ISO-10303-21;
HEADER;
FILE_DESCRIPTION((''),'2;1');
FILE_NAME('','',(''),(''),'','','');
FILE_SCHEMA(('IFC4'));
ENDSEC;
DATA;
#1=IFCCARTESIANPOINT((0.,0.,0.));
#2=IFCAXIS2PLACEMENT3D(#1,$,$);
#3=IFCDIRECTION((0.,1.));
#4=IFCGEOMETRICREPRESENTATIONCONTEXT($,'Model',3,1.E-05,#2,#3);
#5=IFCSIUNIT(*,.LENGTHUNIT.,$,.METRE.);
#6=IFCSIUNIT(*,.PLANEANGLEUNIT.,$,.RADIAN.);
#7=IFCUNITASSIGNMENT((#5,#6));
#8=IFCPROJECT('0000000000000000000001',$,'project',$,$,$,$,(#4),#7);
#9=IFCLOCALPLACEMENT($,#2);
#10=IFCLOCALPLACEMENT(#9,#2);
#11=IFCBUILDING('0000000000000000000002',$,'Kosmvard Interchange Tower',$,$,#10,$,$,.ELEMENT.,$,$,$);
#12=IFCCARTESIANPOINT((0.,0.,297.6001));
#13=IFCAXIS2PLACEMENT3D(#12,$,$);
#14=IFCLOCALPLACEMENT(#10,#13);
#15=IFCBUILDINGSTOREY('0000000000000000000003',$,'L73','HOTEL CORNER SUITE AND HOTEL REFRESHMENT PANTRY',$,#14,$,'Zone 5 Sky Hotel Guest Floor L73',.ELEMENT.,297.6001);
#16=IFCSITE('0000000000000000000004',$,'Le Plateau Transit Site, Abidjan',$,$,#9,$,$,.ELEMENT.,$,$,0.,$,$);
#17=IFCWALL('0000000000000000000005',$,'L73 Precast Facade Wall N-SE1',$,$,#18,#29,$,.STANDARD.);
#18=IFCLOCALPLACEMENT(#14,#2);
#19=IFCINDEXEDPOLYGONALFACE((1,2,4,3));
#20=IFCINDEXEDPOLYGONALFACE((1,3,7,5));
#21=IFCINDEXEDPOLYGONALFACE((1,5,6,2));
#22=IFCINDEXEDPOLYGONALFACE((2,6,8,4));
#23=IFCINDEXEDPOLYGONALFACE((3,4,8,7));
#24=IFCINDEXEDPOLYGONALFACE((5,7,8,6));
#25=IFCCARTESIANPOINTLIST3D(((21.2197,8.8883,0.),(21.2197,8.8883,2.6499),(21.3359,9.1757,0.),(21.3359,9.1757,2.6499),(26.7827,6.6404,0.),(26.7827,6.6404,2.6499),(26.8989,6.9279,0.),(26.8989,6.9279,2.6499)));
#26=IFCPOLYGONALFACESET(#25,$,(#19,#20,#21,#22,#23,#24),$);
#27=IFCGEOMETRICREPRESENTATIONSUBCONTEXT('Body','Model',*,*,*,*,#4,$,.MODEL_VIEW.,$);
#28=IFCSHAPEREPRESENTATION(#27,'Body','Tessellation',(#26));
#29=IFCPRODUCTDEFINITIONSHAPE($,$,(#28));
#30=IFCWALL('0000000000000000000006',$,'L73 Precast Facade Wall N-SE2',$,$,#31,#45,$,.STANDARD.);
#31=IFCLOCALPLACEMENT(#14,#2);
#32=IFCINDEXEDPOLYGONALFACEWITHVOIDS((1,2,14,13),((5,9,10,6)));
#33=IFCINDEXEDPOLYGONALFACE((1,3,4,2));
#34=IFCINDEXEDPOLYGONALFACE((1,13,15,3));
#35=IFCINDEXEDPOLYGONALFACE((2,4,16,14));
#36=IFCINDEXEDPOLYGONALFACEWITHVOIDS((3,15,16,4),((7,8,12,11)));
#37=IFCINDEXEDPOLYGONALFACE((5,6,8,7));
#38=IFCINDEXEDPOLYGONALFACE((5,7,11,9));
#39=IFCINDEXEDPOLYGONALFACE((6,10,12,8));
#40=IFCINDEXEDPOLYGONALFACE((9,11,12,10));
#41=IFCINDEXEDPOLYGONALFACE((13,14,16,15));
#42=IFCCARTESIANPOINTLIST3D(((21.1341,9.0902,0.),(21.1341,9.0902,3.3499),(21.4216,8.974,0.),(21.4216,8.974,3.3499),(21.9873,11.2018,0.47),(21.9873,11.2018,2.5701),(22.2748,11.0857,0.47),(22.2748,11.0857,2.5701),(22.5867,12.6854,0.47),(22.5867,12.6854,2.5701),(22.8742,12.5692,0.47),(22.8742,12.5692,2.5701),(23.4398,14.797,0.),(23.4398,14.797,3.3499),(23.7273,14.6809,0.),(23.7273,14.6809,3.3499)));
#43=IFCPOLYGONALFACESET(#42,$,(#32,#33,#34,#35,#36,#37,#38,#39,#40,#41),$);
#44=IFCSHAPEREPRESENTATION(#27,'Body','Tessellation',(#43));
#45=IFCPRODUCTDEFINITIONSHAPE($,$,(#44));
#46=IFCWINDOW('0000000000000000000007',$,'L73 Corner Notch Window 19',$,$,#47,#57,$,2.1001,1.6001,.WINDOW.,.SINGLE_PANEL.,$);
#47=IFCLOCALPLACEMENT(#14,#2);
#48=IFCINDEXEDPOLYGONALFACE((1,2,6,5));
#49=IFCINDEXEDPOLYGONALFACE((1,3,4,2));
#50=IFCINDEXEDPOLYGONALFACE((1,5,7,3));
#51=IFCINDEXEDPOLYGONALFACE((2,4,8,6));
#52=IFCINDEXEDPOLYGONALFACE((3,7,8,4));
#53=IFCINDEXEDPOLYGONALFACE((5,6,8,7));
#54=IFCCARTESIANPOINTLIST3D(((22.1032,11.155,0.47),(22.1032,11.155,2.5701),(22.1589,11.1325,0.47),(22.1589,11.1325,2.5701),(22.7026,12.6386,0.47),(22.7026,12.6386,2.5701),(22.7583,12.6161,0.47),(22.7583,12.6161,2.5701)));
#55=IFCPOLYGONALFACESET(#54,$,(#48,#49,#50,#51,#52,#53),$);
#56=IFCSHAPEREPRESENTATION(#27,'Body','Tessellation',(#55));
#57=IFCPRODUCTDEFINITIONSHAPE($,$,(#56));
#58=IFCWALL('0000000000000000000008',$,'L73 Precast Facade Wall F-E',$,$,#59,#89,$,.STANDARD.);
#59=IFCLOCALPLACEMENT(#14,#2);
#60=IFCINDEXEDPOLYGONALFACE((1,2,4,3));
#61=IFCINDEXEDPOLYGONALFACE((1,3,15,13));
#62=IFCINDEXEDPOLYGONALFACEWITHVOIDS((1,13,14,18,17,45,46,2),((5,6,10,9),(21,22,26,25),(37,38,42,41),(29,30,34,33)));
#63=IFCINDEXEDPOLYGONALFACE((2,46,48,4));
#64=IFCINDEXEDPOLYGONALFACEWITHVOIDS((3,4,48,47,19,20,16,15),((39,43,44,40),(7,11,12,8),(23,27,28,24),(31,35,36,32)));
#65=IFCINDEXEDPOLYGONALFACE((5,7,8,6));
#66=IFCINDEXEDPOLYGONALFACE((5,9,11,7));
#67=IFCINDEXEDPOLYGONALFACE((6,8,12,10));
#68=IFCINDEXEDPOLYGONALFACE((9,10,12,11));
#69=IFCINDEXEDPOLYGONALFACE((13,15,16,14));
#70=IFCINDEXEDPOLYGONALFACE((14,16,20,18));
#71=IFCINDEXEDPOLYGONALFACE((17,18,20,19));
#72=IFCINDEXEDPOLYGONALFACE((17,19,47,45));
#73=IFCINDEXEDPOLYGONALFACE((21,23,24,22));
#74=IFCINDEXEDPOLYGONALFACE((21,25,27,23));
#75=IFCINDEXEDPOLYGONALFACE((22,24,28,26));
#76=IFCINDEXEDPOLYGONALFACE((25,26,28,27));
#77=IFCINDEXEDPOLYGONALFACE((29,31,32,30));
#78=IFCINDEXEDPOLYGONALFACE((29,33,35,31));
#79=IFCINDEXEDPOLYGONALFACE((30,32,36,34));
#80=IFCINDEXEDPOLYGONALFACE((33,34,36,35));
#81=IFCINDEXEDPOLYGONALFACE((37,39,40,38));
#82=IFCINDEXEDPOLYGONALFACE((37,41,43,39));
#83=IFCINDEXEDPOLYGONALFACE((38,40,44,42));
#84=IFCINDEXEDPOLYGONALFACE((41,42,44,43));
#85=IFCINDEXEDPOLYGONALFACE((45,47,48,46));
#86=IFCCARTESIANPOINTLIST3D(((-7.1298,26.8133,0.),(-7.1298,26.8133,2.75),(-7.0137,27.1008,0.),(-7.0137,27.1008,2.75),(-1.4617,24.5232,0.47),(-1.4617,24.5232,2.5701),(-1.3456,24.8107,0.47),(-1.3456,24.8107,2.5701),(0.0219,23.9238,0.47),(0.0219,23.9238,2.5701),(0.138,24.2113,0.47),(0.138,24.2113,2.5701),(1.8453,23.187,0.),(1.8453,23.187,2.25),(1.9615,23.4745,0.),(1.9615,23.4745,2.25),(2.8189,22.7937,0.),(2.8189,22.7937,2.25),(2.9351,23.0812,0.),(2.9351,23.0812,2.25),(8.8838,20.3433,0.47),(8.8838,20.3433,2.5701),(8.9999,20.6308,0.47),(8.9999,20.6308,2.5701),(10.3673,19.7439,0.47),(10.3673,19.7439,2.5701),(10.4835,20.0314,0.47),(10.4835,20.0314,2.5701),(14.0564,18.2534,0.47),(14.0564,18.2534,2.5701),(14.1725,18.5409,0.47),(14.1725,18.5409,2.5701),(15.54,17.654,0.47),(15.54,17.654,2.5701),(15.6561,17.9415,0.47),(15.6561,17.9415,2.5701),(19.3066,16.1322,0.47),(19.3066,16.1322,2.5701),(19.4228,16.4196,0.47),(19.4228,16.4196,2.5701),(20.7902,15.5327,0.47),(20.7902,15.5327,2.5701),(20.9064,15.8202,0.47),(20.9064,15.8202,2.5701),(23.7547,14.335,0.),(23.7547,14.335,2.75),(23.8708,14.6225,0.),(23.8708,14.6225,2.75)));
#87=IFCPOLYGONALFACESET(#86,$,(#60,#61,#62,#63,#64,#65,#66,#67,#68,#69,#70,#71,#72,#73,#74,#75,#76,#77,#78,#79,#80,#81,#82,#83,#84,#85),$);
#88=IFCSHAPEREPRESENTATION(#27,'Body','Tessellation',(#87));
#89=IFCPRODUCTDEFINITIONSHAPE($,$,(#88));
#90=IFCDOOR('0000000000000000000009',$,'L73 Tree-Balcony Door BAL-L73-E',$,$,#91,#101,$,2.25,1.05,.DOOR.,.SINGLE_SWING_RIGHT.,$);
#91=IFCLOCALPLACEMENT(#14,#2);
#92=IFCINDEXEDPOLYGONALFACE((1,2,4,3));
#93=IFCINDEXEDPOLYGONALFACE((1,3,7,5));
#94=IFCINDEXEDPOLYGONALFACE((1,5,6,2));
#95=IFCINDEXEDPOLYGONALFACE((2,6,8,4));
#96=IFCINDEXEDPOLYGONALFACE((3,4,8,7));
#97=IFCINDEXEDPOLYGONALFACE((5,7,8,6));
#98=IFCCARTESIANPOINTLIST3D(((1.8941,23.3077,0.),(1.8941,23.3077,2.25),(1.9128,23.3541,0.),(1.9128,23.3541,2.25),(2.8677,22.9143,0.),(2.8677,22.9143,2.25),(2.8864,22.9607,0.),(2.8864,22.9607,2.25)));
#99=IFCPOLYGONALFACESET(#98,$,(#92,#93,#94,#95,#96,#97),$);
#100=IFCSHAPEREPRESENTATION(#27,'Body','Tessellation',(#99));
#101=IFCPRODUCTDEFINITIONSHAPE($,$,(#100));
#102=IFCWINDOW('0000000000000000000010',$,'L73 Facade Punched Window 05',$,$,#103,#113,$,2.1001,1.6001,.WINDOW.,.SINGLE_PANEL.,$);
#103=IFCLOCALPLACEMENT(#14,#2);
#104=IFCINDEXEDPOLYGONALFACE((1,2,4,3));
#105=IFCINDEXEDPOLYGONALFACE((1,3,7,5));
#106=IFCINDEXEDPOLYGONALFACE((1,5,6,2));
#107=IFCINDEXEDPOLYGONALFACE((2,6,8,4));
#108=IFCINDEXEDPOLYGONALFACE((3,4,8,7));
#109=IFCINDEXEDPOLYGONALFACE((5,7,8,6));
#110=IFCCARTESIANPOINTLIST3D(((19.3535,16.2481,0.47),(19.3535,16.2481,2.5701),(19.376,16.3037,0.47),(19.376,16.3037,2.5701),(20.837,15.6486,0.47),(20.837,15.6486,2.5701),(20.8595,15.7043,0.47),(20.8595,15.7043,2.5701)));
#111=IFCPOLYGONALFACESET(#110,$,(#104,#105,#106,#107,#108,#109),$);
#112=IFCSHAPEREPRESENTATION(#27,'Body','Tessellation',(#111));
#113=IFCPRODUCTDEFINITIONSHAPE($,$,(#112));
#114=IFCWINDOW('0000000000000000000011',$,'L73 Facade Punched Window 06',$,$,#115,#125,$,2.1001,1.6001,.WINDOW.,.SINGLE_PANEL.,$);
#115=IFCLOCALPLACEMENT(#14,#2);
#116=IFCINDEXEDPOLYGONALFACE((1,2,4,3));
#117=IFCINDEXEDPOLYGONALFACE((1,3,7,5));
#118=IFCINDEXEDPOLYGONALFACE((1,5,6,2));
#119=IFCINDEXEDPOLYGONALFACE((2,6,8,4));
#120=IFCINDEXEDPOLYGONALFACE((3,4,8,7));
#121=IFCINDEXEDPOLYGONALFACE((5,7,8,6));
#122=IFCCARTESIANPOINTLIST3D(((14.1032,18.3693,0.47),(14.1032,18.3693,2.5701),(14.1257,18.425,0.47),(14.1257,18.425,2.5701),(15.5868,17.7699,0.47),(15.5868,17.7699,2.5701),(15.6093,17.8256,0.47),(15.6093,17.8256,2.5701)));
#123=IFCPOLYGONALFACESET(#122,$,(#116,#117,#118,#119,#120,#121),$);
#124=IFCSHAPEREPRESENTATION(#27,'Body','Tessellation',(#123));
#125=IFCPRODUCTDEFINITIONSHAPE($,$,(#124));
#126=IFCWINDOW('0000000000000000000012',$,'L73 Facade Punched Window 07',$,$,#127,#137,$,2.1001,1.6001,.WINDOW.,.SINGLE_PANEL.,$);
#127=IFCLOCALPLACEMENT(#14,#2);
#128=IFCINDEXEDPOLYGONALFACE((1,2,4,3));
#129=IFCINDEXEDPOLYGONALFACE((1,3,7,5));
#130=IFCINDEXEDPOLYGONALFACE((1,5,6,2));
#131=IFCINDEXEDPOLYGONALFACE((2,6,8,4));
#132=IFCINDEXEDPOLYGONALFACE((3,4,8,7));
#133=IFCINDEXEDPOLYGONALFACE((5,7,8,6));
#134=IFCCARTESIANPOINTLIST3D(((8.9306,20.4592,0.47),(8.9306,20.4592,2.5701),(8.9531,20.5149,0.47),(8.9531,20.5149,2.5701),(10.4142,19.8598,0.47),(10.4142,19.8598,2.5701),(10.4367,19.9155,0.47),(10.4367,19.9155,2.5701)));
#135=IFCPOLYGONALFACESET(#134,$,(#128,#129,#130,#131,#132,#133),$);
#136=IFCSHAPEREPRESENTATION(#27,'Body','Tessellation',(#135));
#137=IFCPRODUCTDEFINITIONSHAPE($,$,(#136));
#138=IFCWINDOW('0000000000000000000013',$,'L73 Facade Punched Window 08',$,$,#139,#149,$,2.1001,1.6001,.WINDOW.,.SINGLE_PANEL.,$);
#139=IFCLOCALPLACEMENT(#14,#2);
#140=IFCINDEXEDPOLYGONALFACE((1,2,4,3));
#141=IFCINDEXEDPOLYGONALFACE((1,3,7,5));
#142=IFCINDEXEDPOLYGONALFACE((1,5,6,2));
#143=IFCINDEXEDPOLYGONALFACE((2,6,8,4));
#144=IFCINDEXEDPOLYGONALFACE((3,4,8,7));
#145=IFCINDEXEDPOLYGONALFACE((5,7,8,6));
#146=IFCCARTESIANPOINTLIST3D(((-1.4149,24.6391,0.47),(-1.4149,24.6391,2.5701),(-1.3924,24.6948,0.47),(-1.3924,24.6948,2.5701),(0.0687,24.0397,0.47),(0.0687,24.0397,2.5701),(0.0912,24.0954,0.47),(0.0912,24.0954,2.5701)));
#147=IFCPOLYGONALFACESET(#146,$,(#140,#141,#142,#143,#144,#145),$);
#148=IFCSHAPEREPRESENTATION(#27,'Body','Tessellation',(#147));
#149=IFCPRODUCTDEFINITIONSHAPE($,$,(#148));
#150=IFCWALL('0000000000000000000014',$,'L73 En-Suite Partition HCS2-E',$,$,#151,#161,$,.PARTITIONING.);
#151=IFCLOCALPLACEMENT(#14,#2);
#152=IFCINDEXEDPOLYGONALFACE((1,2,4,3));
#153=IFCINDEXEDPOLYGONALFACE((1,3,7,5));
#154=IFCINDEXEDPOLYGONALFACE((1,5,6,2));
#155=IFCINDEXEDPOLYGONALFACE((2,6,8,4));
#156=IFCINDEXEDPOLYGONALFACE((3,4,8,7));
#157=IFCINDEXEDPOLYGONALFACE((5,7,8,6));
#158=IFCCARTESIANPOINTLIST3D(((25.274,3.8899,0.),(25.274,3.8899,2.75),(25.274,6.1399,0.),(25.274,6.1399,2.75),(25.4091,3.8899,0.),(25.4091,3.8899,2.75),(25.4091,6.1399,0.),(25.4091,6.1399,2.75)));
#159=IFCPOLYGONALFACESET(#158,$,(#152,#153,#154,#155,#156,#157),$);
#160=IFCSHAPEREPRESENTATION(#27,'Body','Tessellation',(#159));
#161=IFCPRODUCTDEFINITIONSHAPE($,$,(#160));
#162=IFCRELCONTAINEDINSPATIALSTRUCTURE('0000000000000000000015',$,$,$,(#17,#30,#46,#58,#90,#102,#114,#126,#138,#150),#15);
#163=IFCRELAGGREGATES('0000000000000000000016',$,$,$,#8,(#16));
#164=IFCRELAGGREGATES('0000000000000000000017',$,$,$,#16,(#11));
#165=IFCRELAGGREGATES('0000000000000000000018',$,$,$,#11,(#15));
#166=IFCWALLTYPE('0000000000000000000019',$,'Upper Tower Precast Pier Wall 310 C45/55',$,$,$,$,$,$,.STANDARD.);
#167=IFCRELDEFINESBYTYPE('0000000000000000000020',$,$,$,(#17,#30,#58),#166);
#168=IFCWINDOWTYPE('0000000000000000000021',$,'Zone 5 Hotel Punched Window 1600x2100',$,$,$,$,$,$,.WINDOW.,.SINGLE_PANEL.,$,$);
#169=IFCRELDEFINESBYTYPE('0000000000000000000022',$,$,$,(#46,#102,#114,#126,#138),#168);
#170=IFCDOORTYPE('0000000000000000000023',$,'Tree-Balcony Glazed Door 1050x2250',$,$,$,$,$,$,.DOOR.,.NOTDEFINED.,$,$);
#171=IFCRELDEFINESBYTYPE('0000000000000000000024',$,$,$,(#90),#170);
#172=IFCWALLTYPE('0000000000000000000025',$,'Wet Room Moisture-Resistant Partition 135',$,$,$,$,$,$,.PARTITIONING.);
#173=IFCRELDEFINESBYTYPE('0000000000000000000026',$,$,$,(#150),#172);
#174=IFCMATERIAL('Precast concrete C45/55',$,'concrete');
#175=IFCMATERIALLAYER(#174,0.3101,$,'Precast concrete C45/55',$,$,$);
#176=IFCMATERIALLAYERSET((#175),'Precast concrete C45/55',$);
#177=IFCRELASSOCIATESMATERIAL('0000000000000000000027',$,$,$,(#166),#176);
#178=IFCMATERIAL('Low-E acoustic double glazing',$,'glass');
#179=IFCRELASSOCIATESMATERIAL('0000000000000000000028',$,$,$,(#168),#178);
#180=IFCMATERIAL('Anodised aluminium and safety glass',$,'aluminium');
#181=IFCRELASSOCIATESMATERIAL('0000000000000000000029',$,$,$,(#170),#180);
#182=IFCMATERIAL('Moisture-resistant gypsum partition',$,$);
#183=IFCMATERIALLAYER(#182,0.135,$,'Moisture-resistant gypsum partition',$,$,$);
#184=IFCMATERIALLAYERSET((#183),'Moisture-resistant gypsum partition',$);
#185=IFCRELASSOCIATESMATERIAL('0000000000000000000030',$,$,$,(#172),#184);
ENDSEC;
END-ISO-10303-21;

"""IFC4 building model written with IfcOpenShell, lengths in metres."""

from ifc_helpers import new_model, si_unit, direction, frame, frame_2d, origin, place, context, subcontext, project, spatial, rectangle, extrude, source, transform, mapped, material, layer, layer_set, type_object, element, fill, save


model = new_model("IFC4")

# Units and contexts
model_context = context("Model", 3, precision=1e-05, world=origin(), true_north=direction((0.0, 1.0)))
body_context = subcontext(model_context, "Body", "Model", "MODEL_VIEW")
ifc_project = project(units=[si_unit("LENGTHUNIT", "METRE"), si_unit("PLANEANGLEUNIT", "RADIAN")], contexts=[model_context])

# Site, building, storey
site_placement = place(None, origin())
site = spatial("IfcSite", under=ifc_project, at=site_placement, Name="Le Plateau Transit Site, Abidjan", CompositionType="ELEMENT", RefElevation=0.0)
building_placement = place(site_placement, origin())
building = spatial("IfcBuilding", under=site, at=building_placement, Name="Kosmvard Interchange Tower", CompositionType="ELEMENT")
storey_placement = place(building_placement, frame((0.0, 0.0, 297.6001)))
storey = spatial("IfcBuildingStorey", under=building, at=storey_placement, Name="L73", Description="HOTEL CORNER SUITE AND HOTEL REFRESHMENT PANTRY", LongName="Zone 5 Sky Hotel Guest Floor L73", CompositionType="ELEMENT", Elevation=297.6001)

# Shared definitions
ifc_material_1 = material(Name="Precast concrete C45/55", Category="concrete")

# Wall
ifc_layer_1 = layer(ifc_material_1, 0.3101, Name="Precast concrete C45/55")
ifc_layer_set_1 = layer_set([ifc_layer_1], Name="Precast concrete C45/55")
wall_type_1 = type_object("IfcWallType", Name="Upper Tower Precast Pier Wall 310 C45/55", PredefinedType="STANDARD", material=ifc_layer_set_1)
wall_1_placement = place(storey_placement, frame((26.8408, 6.7842, 0.0), z_axis=(0.0, 0.0, 1.0), x_axis=(-0.927172, 0.374637, 0.0)))
element("IfcWall", 1, at=wall_1_placement, inside=storey, type_object=wall_type_1, Name="L73 Precast Facade Wall N-SE1", PredefinedType="STANDARD", context=body_context, shape_type="SweptSolid", body=[
    extrude(rectangle(XDim=6.0, YDim=0.3101, at=frame_2d((3.0, 0.0))), origin(), (0.0, 0.0, 1.0), 2.6499),
])

# Wall, opening, window
wall_2_placement = place(storey_placement, frame((21.2778, 9.032, 0.0), z_axis=(0.0, 0.0, 1.0), x_axis=(0.374603, 0.927185, 0.0)))
wall_2 = element("IfcWall", 2, at=wall_2_placement, inside=storey, type_object=wall_type_1, Name="L73 Precast Facade Wall N-SE2", PredefinedType="STANDARD", context=body_context, shape_type="SweptSolid", body=[
    extrude(rectangle(XDim=6.155, YDim=0.3101, at=frame_2d((3.0776, 0.0))), origin(), (0.0, 0.0, 1.0), 3.3499),
])
opening_1_placement = place(wall_2_placement, frame((2.2776, 0.0, 0.47)))
opening_1 = element("IfcOpeningElement", 3, at=opening_1_placement, cuts=wall_2, PredefinedType="OPENING", context=body_context, shape_type="SweptSolid", body=[
    extrude(rectangle(XDim=1.6001, YDim=2.1001, at=frame_2d((0.8, 1.05))), frame((0.0, 0.165, 0.0), z_axis=(0.0, -1.0, 0.0), x_axis=(1.0, 0.0, 0.0)), (0.0, 0.0, 1.0), 0.3301),
])
ifc_material_2 = material(Name="Low-E acoustic double glazing", Category="glass")
window_type = type_object("IfcWindowType", Name="Zone 5 Hotel Punched Window 1600x2100", PartitioningType="SINGLE_PANEL", PredefinedType="WINDOW", material=ifc_material_2)
shared_shape_1 = source(origin(), body_context, "Body", "SweptSolid", [
    extrude(rectangle(XDim=1.6001, YDim=2.1001, at=frame_2d((0.8, 1.05))), frame((0.0, 0.03, 0.0), z_axis=(0.0, -1.0, 0.0), x_axis=(1.0, 0.0, 0.0)), (0.0, 0.0, 1.0), 0.0601),
])
window_1_placement = place(opening_1_placement, origin())
window_1 = element("IfcWindow", 4, at=window_1_placement, inside=storey, type_object=window_type, Name="L73 Corner Notch Window 19", OverallHeight=2.1001, OverallWidth=1.6001, PartitioningType="SINGLE_PANEL", PredefinedType="WINDOW", context=body_context, shape_type="MappedRepresentation", body=[
    mapped(shared_shape_1, transform((0.0, 0.0, 0.0), scale=1.0)),
])
fill(opening_1, window_1)

# Wall, openings, door, windows
wall_3_placement = place(storey_placement, frame((23.8127, 14.4788, 0.0), z_axis=(0.0, 0.0, 1.0), x_axis=(-0.927183, 0.37461, 0.0)))
wall_3 = element("IfcWall", 5, at=wall_3_placement, inside=storey, type_object=wall_type_1, Name="L73 Precast Facade Wall F-E", PredefinedType="STANDARD", context=body_context, shape_type="SweptSolid", body=[
    extrude(rectangle(XDim=33.3101, YDim=0.3101, at=frame_2d((16.655, 0.0))), origin(), (0.0, 0.0, 1.0), 2.75),
])
opening_2_placement = place(wall_3_placement, frame((22.5801, 0.0, 0.0)))
opening_2 = element("IfcOpeningElement", 6, at=opening_2_placement, cuts=wall_3, PredefinedType="OPENING", context=body_context, shape_type="SweptSolid", body=[
    extrude(rectangle(XDim=1.05, YDim=2.25, at=frame_2d((0.5249, 1.125))), frame((0.0, 0.165, 0.0), z_axis=(0.0, -1.0, 0.0), x_axis=(1.0, 0.0, 0.0)), (0.0, 0.0, 1.0), 0.3301),
])
opening_3_placement = place(wall_3_placement, frame((3.1973, 0.0, 0.47)))
opening_3 = element("IfcOpeningElement", 7, at=opening_3_placement, cuts=wall_3, PredefinedType="OPENING", context=body_context, shape_type="SweptSolid", body=[
    extrude(rectangle(XDim=1.6001, YDim=2.1001, at=frame_2d((0.8, 1.05))), frame((0.0, 0.165, 0.0), z_axis=(0.0, -1.0, 0.0), x_axis=(1.0, 0.0, 0.0)), (0.0, 0.0, 1.0), 0.3301),
])
opening_4_placement = place(wall_3_placement, frame((8.8599, 0.0, 0.47)))
opening_4 = element("IfcOpeningElement", 8, at=opening_4_placement, cuts=wall_3, PredefinedType="OPENING", context=body_context, shape_type="SweptSolid", body=[
    extrude(rectangle(XDim=1.6001, YDim=2.1001, at=frame_2d((0.8, 1.05))), frame((0.0, 0.165, 0.0), z_axis=(0.0, -1.0, 0.0), x_axis=(1.0, 0.0, 0.0)), (0.0, 0.0, 1.0), 0.3301),
])
opening_5_placement = place(wall_3_placement, frame((14.4387, 0.0, 0.47)))
opening_5 = element("IfcOpeningElement", 9, at=opening_5_placement, cuts=wall_3, PredefinedType="OPENING", context=body_context, shape_type="SweptSolid", body=[
    extrude(rectangle(XDim=1.6001, YDim=2.1001, at=frame_2d((0.8, 1.05))), frame((0.0, 0.165, 0.0), z_axis=(0.0, -1.0, 0.0), x_axis=(1.0, 0.0, 0.0)), (0.0, 0.0, 1.0), 0.3301),
])
opening_6_placement = place(wall_3_placement, frame((25.5967, 0.0, 0.47)))
opening_6 = element("IfcOpeningElement", 10, at=opening_6_placement, cuts=wall_3, PredefinedType="OPENING", context=body_context, shape_type="SweptSolid", body=[
    extrude(rectangle(XDim=1.6001, YDim=2.1001, at=frame_2d((0.8, 1.05))), frame((0.0, 0.165, 0.0), z_axis=(0.0, -1.0, 0.0), x_axis=(1.0, 0.0, 0.0)), (0.0, 0.0, 1.0), 0.3301),
])
ifc_material_3 = material(Name="Anodised aluminium and safety glass", Category="aluminium")
door_type_1 = type_object("IfcDoorType", Name="Tree-Balcony Glazed Door 1050x2250", OperationType="NOTDEFINED", PredefinedType="DOOR", material=ifc_material_3)
shared_shape_2 = source(origin(), body_context, "Body", "SweptSolid", [
    extrude(rectangle(XDim=1.05, YDim=2.25, at=frame_2d((0.5249, 1.125))), frame((0.0, 0.0249, 0.0), z_axis=(0.0, -1.0, 0.0), x_axis=(1.0, 0.0, 0.0)), (0.0, 0.0, 1.0), 0.05),
])
door_1_placement = place(opening_2_placement, origin())
door_1 = element("IfcDoor", 11, at=door_1_placement, inside=storey, type_object=door_type_1, Name="L73 Tree-Balcony Door BAL-L73-E", OperationType="SINGLE_SWING_RIGHT", OverallHeight=2.25, OverallWidth=1.05, PredefinedType="DOOR", context=body_context, shape_type="MappedRepresentation", body=[
    mapped(shared_shape_2, transform((0.0, 0.0, 0.0), scale=1.0)),
])
fill(opening_2, door_1)
window_2_placement = place(opening_3_placement, origin())
window_2 = element("IfcWindow", 12, at=window_2_placement, inside=storey, type_object=window_type, Name="L73 Facade Punched Window 05", OverallHeight=2.1001, OverallWidth=1.6001, PartitioningType="SINGLE_PANEL", PredefinedType="WINDOW", context=body_context, shape_type="MappedRepresentation", body=[
    mapped(shared_shape_1, transform((0.0, 0.0, 0.0), scale=1.0)),
])
fill(opening_3, window_2)
window_3_placement = place(opening_4_placement, origin())
window_3 = element("IfcWindow", 13, at=window_3_placement, inside=storey, type_object=window_type, Name="L73 Facade Punched Window 06", OverallHeight=2.1001, OverallWidth=1.6001, PartitioningType="SINGLE_PANEL", PredefinedType="WINDOW", context=body_context, shape_type="MappedRepresentation", body=[
    mapped(shared_shape_1, transform((0.0, 0.0, 0.0), scale=1.0)),
])
fill(opening_4, window_3)
window_4_placement = place(opening_5_placement, origin())
window_4 = element("IfcWindow", 14, at=window_4_placement, inside=storey, type_object=window_type, Name="L73 Facade Punched Window 07", OverallHeight=2.1001, OverallWidth=1.6001, PartitioningType="SINGLE_PANEL", PredefinedType="WINDOW", context=body_context, shape_type="MappedRepresentation", body=[
    mapped(shared_shape_1, transform((0.0, 0.0, 0.0), scale=1.0)),
])
fill(opening_5, window_4)
window_5_placement = place(opening_6_placement, origin())
window_5 = element("IfcWindow", 15, at=window_5_placement, inside=storey, type_object=window_type, Name="L73 Facade Punched Window 08", OverallHeight=2.1001, OverallWidth=1.6001, PartitioningType="SINGLE_PANEL", PredefinedType="WINDOW", context=body_context, shape_type="MappedRepresentation", body=[
    mapped(shared_shape_1, transform((0.0, 0.0, 0.0), scale=1.0)),
])
fill(opening_6, window_5)

# Wall
ifc_material_4 = material(Name="Moisture-resistant gypsum partition")
ifc_layer_2 = layer(ifc_material_4, 0.135, Name="Moisture-resistant gypsum partition")
ifc_layer_set_2 = layer_set([ifc_layer_2], Name="Moisture-resistant gypsum partition")
wall_type_2 = type_object("IfcWallType", Name="Wet Room Moisture-Resistant Partition 135", PredefinedType="PARTITIONING", material=ifc_layer_set_2)
wall_4_placement = place(storey_placement, frame((25.3416, 3.8899, 0.0), z_axis=(0.0, 0.0, 1.0), x_axis=(0.0, 1.0, 0.0)))
element("IfcWall", 16, at=wall_4_placement, inside=storey, type_object=wall_type_2, Name="L73 En-Suite Partition HCS2-E", PredefinedType="PARTITIONING", context=body_context, shape_type="SweptSolid", body=[
    extrude(rectangle(XDim=2.25, YDim=0.135, at=frame_2d((1.125, 0.0))), origin(), (0.0, 0.0, 1.0), 2.75),
])

save(model, "model.ifc")
